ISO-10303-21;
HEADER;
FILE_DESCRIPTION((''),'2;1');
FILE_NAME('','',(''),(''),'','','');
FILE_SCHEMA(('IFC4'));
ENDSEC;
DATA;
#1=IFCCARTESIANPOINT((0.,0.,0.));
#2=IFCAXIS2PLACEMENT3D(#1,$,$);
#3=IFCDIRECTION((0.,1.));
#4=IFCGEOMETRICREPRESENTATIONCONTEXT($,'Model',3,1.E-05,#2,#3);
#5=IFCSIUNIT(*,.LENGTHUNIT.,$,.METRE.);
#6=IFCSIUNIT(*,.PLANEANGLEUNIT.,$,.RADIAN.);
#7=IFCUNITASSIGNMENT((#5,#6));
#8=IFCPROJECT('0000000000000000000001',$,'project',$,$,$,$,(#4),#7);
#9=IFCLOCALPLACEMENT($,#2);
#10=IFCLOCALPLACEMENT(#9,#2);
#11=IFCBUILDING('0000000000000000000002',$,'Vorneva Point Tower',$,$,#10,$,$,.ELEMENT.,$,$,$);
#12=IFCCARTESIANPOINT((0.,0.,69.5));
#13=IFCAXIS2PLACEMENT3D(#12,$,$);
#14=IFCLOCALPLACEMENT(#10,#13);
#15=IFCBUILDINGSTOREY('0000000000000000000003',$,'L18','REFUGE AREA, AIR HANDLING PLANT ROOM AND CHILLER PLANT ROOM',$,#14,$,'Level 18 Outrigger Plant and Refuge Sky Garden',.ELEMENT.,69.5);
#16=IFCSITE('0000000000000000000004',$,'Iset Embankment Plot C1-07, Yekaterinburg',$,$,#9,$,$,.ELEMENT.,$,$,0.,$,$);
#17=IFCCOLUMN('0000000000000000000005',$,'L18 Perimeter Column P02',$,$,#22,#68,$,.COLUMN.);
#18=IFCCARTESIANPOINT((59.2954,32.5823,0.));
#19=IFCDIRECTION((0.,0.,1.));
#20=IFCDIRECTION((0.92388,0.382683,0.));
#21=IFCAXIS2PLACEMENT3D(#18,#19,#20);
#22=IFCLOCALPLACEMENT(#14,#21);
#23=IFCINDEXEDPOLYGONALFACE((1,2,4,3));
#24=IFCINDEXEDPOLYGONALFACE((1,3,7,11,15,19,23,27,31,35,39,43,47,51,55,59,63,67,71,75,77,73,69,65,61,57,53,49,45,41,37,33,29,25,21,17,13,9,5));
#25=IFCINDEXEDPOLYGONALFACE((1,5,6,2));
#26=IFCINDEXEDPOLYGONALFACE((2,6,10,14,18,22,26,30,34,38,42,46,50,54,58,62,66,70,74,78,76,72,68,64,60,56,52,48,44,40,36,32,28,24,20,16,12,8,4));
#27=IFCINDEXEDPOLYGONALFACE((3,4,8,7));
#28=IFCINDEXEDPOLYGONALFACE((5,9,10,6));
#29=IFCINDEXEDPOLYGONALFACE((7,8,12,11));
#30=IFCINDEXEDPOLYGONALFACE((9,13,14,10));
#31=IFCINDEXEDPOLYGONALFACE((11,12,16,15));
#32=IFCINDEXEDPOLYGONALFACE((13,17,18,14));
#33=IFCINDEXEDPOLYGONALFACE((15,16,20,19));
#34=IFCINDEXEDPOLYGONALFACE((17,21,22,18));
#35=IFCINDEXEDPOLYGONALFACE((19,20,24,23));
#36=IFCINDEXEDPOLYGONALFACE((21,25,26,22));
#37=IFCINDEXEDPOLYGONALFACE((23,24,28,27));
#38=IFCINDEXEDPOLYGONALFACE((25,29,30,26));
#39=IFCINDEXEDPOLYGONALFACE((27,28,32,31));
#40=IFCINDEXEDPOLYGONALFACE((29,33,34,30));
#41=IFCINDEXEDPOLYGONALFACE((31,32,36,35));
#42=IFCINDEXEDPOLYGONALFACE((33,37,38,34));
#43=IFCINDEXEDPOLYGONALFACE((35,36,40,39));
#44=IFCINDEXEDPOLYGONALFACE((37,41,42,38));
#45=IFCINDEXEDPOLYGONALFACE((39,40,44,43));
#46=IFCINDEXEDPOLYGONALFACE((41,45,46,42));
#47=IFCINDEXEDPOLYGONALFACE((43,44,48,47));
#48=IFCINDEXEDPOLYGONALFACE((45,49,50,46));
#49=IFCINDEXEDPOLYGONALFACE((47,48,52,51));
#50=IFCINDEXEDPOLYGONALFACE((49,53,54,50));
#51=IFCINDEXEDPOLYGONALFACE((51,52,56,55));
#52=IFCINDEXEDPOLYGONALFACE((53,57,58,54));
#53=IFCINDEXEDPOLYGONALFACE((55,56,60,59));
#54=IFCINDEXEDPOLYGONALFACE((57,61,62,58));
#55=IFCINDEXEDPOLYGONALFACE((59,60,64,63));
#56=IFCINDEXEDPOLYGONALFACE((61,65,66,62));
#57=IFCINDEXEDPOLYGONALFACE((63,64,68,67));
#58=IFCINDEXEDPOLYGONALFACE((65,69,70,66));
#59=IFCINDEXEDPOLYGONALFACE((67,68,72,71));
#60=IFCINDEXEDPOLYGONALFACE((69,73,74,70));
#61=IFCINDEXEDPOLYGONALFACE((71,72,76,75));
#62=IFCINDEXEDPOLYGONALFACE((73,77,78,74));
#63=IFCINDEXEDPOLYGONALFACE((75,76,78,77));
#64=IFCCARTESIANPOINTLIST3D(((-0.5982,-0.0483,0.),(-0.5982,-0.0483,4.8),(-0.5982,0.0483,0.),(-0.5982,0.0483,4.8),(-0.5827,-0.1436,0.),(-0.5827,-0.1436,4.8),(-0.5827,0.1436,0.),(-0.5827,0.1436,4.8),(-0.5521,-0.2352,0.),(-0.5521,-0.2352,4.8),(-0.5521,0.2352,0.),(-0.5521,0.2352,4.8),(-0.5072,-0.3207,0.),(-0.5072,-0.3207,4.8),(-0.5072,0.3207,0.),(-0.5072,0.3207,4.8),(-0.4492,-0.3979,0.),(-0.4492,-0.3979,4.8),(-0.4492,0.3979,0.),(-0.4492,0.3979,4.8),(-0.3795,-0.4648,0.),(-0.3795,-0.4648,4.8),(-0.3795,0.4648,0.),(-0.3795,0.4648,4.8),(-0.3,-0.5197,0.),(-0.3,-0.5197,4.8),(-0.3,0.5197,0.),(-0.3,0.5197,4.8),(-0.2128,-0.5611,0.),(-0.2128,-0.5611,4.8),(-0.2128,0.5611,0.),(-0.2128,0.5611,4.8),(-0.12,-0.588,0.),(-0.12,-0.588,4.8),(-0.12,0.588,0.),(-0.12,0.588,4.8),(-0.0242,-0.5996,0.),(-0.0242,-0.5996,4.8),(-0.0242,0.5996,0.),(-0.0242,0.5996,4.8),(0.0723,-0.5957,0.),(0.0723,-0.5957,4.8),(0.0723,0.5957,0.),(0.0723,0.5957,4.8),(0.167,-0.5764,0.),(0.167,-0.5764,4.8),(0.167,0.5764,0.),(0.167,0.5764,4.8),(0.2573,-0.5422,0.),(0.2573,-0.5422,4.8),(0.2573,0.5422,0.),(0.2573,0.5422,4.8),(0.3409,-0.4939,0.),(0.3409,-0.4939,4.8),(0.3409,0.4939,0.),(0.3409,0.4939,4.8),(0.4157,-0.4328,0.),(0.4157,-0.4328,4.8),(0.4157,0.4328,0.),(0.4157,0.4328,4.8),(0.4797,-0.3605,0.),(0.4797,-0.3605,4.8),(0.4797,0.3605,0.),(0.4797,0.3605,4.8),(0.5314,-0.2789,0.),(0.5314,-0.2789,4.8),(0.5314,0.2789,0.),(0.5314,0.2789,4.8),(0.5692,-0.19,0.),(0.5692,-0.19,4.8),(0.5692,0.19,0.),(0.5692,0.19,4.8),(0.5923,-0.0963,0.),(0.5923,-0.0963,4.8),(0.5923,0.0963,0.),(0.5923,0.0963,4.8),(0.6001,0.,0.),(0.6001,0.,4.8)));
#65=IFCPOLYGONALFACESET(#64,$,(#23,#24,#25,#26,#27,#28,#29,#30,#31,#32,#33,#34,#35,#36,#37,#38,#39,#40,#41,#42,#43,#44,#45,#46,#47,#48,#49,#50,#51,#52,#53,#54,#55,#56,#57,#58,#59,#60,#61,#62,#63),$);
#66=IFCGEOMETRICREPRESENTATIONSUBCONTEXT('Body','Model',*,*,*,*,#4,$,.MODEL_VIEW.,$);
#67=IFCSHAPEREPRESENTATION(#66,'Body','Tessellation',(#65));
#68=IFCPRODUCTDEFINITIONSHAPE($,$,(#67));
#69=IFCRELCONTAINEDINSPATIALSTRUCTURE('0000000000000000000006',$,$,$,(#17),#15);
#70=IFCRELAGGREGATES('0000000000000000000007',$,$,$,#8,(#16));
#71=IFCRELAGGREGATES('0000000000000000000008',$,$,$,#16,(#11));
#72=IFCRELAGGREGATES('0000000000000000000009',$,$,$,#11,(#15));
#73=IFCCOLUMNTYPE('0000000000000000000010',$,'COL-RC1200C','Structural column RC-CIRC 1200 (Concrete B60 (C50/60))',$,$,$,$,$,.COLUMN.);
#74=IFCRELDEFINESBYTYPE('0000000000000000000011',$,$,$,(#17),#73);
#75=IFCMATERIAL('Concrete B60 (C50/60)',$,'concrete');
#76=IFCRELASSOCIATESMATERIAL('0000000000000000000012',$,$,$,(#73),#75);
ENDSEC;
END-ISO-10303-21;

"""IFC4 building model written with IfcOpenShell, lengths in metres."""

from ifc_helpers import new_model, si_unit, direction, frame, origin, origin_2d, place, context, subcontext, project, spatial, circle, extrude, material, material_profile, profile_set, type_object, element, save


model = new_model("IFC4")

# Units and contexts
model_context = context("Model", 3, precision=1e-05, world=origin(), true_north=direction((0.0, 1.0)))
body_context = subcontext(model_context, "Body", "Model", "MODEL_VIEW")
ifc_project = project(units=[si_unit("LENGTHUNIT", "METRE"), si_unit("PLANEANGLEUNIT", "RADIAN")], contexts=[model_context])

# Site, building, storey
site_placement = place(None, origin())
site = spatial("IfcSite", under=ifc_project, at=site_placement, Name="Iset Embankment Plot C1-07, Yekaterinburg", CompositionType="ELEMENT", RefElevation=0.0)
building_placement = place(site_placement, origin())
building = spatial("IfcBuilding", under=site, at=building_placement, Name="Vorneva Point Tower", CompositionType="ELEMENT")
storey_placement = place(building_placement, frame((0.0, 0.0, 69.5)))
storey = spatial("IfcBuildingStorey", under=building, at=storey_placement, Name="L18", Description="REFUGE AREA, AIR HANDLING PLANT ROOM AND CHILLER PLANT ROOM", LongName="Level 18 Outrigger Plant and Refuge Sky Garden", CompositionType="ELEMENT", Elevation=69.5)

# Column
ifc_material_1 = material(Name="Concrete B60 (C50/60)", Category="concrete")
ifc_material_profile_1 = material_profile(ifc_material_1, circle(Radius=0.6001, at=origin_2d()), Name="RC-CIRC 1200")
ifc_profile_set_1 = profile_set([ifc_material_profile_1], Name="Concrete B60 (C50/60)")
column_type = type_object("IfcColumnType", Name="COL-RC1200C", Description="Structural column RC-CIRC 1200 (Concrete B60 (C50/60))", PredefinedType="COLUMN", material=ifc_profile_set_1)
column_placement = place(storey_placement, frame((59.2954, 32.5823, 0.0), z_axis=(0.0, 0.0, 1.0), x_axis=(0.92388, 0.382683, 0.0)))
element("IfcColumn", 1, at=column_placement, inside=storey, type_object=column_type, Name="L18 Perimeter Column P02", PredefinedType="COLUMN", context=body_context, shape_type="SweptSolid", body=[
    extrude(circle(Radius=0.6001, at=origin_2d()), origin(), (0.0, 0.0, 1.0), 4.8),
])

save(model, "model.ifc")
